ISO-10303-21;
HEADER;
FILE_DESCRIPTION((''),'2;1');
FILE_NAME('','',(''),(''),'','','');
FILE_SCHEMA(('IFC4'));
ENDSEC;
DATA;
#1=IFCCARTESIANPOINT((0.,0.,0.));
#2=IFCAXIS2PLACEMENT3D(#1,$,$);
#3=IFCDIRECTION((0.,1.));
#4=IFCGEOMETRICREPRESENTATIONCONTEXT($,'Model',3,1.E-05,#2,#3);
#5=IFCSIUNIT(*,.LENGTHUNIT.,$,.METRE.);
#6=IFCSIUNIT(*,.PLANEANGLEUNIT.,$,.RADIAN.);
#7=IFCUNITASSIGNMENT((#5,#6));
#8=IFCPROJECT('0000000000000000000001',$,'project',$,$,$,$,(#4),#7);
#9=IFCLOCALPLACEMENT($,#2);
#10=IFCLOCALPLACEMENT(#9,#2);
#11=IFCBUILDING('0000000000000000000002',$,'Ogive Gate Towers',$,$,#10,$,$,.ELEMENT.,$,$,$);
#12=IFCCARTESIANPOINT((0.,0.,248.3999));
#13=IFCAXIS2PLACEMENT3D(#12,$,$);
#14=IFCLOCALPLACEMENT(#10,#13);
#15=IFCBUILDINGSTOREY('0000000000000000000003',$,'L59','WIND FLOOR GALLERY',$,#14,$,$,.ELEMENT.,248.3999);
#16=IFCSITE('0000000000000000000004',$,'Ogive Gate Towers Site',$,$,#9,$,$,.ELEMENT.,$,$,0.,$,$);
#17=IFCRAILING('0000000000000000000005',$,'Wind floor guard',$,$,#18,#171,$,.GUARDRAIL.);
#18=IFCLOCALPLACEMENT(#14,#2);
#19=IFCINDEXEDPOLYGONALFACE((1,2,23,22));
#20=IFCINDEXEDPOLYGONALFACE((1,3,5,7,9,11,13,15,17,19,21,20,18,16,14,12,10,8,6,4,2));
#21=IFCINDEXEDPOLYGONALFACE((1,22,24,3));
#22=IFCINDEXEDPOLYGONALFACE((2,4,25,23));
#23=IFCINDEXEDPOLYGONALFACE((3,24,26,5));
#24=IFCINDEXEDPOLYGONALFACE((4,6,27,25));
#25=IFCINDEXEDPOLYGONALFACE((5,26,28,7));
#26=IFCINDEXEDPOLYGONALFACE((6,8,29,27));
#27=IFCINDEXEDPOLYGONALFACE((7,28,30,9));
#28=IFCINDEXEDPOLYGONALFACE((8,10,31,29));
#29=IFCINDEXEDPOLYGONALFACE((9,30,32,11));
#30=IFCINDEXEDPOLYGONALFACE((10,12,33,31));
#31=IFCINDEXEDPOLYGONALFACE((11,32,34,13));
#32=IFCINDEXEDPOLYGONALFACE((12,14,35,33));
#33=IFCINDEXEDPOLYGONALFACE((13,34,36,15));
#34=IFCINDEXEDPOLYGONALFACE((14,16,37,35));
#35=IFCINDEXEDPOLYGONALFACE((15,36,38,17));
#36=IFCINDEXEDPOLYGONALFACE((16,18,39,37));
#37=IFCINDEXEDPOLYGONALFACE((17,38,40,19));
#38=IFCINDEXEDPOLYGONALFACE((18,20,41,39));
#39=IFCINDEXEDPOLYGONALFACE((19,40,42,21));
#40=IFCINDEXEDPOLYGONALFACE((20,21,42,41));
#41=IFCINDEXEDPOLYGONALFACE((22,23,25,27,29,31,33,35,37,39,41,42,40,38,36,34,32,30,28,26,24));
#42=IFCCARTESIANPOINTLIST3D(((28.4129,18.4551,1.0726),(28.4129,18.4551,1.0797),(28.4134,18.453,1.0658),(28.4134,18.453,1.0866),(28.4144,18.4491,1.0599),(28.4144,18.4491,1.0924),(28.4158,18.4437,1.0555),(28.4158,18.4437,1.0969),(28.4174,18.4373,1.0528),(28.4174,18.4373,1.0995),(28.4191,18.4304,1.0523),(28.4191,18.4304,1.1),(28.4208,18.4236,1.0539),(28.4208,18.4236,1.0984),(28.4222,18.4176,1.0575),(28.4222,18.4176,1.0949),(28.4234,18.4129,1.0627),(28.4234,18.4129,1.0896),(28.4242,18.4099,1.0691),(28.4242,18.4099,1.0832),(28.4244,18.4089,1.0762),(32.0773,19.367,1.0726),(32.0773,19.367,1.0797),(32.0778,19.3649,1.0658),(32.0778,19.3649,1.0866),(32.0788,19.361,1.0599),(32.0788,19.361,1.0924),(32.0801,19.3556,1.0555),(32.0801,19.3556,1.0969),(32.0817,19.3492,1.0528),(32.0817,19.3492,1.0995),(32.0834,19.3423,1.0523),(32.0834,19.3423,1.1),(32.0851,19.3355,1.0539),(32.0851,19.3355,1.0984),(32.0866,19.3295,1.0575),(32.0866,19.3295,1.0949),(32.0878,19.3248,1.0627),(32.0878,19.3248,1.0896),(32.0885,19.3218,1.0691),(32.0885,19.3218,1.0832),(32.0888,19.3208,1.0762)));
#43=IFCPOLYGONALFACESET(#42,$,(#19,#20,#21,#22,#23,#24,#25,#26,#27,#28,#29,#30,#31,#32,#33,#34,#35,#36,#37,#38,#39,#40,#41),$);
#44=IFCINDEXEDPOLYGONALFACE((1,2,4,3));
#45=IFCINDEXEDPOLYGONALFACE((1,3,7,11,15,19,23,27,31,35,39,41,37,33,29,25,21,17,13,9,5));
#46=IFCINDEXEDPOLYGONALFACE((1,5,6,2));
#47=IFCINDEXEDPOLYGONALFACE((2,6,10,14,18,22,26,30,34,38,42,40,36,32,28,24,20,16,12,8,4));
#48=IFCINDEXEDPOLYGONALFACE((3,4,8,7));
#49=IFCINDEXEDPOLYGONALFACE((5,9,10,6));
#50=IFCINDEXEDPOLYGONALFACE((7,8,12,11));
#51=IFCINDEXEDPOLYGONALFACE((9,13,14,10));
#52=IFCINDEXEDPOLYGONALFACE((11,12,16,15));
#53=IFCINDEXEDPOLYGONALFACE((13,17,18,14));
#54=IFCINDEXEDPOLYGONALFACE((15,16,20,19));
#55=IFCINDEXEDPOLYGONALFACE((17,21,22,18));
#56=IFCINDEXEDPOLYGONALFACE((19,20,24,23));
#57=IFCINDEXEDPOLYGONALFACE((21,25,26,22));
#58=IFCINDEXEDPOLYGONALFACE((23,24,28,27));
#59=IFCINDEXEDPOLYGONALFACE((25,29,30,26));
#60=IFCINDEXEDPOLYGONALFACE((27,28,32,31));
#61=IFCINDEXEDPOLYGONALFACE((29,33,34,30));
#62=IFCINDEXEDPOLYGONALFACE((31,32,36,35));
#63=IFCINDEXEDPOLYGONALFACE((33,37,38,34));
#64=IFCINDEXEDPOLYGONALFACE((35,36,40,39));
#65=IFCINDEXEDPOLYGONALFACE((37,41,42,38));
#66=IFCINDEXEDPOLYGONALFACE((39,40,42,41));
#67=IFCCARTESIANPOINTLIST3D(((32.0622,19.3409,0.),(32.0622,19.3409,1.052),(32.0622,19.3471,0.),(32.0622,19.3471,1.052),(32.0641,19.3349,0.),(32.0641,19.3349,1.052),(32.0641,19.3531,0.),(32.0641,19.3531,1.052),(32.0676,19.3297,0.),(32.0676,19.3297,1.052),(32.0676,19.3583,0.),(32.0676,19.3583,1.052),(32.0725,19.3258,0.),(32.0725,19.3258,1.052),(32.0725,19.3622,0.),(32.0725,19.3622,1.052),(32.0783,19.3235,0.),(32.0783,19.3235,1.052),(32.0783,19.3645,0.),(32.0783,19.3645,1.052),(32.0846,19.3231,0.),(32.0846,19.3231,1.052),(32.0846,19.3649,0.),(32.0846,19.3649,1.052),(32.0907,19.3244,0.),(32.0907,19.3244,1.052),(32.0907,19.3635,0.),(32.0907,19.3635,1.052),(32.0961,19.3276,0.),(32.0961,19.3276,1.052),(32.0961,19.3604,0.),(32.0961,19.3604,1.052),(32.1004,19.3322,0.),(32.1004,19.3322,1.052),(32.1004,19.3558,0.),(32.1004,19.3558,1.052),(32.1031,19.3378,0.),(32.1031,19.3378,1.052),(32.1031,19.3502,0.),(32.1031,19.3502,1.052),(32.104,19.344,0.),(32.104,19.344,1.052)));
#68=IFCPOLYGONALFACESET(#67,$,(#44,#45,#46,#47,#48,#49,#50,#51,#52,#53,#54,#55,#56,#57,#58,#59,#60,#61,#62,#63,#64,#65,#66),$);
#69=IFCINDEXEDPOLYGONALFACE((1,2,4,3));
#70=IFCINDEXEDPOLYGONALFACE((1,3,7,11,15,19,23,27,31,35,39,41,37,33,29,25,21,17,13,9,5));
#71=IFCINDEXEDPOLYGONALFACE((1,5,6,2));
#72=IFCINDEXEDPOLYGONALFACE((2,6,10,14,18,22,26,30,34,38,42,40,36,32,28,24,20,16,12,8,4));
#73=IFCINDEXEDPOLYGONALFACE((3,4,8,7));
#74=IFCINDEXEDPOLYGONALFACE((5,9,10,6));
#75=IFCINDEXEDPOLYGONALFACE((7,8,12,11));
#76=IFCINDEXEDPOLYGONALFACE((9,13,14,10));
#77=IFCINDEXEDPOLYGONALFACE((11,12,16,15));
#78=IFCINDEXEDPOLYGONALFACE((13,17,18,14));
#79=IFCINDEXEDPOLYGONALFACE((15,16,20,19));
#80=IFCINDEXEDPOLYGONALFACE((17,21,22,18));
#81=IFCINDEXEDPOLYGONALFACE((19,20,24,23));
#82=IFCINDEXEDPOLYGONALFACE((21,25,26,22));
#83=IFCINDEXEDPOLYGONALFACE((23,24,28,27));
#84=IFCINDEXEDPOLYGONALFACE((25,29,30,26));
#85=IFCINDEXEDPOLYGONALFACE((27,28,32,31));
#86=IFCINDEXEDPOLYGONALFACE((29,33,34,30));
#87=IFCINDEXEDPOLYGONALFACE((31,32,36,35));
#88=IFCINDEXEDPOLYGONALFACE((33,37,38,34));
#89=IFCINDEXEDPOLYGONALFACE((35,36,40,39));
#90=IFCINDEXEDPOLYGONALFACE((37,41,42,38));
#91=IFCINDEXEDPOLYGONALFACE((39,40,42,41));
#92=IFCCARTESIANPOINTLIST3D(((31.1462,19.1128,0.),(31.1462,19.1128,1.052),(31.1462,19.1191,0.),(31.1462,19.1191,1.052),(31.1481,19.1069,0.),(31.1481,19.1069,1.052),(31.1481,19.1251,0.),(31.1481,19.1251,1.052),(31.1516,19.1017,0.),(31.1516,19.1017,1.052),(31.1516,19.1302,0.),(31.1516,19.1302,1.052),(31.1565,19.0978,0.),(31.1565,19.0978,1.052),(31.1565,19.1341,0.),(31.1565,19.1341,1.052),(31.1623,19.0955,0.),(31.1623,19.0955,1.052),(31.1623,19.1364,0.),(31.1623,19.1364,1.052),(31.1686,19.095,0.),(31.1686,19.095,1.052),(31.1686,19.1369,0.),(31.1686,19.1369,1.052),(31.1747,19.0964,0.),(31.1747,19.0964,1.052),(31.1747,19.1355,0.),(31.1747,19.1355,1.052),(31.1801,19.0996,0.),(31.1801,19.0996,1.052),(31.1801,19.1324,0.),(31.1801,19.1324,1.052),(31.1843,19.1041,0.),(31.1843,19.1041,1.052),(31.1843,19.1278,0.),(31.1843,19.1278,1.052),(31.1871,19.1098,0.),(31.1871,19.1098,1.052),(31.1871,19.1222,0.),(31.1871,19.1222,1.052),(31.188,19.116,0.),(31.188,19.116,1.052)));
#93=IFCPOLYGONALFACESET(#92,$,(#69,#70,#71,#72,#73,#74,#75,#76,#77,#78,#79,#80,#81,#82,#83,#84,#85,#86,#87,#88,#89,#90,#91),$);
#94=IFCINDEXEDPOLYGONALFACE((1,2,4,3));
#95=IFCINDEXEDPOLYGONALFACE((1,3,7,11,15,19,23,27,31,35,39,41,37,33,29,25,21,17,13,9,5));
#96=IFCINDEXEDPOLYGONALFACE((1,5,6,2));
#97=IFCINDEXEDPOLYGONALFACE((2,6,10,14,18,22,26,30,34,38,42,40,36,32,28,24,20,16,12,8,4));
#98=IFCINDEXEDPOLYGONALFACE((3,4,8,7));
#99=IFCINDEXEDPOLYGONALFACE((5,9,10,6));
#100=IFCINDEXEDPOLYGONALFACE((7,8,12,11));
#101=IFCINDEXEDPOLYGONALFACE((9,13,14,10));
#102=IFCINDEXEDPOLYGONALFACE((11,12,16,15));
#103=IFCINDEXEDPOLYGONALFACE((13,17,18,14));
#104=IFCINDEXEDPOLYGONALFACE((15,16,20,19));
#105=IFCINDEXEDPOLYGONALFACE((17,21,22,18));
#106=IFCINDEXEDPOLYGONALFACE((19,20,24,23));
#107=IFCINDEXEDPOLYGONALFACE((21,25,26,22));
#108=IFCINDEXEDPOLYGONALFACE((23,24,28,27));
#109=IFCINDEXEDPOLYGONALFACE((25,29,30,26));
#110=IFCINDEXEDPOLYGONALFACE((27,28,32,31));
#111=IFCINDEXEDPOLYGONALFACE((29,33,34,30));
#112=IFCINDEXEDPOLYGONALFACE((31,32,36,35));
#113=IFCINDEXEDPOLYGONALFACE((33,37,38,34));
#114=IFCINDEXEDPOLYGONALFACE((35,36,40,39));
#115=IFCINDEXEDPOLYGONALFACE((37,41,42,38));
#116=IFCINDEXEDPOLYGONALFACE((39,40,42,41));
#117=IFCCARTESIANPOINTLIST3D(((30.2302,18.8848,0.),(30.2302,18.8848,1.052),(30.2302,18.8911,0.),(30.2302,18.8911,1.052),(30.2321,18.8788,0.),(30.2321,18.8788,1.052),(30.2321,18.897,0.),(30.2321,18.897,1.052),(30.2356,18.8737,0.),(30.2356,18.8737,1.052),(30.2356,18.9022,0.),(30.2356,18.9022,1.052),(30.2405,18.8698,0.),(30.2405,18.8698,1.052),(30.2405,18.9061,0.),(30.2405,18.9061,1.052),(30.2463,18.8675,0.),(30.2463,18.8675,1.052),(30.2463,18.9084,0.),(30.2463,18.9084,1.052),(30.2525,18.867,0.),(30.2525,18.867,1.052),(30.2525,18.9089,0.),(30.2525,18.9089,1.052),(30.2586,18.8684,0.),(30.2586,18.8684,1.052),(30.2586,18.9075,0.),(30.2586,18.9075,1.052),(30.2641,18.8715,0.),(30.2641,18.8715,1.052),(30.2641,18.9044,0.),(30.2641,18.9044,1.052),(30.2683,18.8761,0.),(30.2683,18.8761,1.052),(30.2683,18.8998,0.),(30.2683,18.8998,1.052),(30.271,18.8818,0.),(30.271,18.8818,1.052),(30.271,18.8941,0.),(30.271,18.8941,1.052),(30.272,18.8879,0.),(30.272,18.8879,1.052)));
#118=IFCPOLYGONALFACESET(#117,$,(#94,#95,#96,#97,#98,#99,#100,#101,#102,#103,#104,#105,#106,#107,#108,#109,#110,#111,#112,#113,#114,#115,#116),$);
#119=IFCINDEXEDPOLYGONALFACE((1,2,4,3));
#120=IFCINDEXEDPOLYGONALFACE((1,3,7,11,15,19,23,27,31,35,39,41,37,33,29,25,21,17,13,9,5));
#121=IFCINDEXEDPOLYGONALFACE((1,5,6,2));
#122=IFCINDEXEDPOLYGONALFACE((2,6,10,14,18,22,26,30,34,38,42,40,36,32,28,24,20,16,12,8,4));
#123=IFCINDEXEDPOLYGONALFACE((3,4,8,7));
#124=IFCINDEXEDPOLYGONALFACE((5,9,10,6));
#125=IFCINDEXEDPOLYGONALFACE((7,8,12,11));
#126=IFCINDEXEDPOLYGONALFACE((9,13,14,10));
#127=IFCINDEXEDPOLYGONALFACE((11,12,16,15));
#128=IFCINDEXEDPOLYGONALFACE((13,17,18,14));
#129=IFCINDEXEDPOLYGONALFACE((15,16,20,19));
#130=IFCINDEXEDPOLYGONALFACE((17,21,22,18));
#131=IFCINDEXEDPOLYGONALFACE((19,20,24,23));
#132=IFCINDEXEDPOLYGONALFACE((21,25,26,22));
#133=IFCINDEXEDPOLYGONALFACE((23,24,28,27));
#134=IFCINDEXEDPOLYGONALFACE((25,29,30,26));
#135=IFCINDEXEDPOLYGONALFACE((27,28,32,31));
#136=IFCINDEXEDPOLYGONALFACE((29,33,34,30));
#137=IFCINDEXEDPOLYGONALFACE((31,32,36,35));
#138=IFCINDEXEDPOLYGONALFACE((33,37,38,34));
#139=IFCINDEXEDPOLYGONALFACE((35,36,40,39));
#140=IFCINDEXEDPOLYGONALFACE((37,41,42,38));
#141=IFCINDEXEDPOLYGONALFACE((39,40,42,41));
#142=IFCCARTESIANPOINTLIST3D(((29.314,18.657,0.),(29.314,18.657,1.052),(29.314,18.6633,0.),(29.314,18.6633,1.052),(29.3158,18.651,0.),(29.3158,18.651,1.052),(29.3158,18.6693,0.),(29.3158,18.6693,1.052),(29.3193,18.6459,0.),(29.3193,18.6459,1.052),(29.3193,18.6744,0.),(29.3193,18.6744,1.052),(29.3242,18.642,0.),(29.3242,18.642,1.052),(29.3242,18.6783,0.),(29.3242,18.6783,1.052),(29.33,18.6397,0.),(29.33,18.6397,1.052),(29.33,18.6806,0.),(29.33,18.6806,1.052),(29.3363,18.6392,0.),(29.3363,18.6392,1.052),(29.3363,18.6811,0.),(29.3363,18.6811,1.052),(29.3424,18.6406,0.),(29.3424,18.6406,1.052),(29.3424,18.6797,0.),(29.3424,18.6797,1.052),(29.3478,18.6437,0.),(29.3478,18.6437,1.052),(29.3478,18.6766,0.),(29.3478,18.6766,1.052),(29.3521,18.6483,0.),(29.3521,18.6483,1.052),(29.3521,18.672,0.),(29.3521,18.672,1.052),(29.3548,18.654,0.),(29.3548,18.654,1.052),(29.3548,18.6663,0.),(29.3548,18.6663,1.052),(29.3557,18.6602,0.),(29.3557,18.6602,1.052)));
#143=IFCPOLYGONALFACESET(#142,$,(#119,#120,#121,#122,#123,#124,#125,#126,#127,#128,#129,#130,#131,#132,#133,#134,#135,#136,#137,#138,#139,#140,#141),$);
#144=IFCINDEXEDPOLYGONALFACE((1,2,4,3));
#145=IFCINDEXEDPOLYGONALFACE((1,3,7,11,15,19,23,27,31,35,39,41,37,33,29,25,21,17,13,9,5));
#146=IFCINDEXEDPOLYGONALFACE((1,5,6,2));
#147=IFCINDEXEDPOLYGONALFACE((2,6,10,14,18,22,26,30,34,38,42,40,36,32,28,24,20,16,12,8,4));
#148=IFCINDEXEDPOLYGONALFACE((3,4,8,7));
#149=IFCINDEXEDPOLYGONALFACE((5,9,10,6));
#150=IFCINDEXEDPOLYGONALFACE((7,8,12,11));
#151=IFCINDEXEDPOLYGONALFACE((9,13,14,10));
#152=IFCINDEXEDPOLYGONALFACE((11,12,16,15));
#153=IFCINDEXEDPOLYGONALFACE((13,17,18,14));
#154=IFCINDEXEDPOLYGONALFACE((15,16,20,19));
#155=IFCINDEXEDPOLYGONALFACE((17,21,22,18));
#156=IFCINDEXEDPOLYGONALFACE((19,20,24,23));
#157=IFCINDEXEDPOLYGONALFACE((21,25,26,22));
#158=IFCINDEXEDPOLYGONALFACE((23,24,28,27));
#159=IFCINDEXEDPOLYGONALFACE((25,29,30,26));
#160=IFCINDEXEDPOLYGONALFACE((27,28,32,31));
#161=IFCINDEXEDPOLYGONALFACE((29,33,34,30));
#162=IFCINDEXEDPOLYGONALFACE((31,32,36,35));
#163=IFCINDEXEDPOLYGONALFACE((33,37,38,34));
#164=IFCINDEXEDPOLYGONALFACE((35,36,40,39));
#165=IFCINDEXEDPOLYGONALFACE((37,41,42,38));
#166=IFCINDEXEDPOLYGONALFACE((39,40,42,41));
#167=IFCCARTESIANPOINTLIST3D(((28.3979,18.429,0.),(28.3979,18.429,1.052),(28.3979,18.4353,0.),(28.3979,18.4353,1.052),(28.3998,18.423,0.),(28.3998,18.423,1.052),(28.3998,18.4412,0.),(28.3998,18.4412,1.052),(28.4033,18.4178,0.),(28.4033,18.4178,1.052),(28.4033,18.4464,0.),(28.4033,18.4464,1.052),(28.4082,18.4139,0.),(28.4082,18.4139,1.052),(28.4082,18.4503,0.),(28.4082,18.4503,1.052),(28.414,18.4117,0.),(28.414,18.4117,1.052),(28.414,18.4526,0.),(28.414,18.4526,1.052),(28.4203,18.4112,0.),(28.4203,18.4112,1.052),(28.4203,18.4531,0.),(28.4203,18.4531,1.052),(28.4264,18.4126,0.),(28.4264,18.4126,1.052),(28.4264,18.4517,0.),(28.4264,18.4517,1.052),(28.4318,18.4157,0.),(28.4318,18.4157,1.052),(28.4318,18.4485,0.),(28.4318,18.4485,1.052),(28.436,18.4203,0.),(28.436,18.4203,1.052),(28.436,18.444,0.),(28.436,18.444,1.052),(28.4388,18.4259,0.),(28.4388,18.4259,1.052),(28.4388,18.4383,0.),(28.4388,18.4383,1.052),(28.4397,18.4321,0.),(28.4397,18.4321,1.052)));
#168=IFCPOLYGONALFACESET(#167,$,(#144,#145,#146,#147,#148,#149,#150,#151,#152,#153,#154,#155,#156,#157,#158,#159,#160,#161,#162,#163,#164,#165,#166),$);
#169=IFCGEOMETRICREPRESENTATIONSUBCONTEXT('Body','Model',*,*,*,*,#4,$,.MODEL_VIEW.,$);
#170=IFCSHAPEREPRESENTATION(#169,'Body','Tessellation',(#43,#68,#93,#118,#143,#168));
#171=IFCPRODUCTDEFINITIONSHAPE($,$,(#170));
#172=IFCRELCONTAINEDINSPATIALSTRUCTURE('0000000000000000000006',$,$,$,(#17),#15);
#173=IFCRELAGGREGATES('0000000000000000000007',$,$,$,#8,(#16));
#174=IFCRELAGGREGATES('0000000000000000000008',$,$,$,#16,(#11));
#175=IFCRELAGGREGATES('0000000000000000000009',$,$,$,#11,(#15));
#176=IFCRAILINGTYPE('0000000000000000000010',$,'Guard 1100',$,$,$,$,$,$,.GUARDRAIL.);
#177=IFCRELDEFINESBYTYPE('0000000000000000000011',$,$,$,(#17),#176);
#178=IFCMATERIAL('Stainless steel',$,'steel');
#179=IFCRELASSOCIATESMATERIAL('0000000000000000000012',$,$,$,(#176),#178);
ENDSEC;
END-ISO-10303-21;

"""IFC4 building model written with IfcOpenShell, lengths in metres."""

from ifc_helpers import new_model, si_unit, direction, frame, origin, origin_2d, place, context, subcontext, project, spatial, circle, extrude, material, type_object, element, save


model = new_model("IFC4")

# Units and contexts
model_context = context("Model", 3, precision=1e-05, world=origin(), true_north=direction((0.0, 1.0)))
body_context = subcontext(model_context, "Body", "Model", "MODEL_VIEW")
ifc_project = project(units=[si_unit("LENGTHUNIT", "METRE"), si_unit("PLANEANGLEUNIT", "RADIAN")], contexts=[model_context])

# Site, building, storey
site_placement = place(None, origin())
site = spatial("IfcSite", under=ifc_project, at=site_placement, Name="Ogive Gate Towers Site", CompositionType="ELEMENT", RefElevation=0.0)
building_placement = place(site_placement, origin())
building = spatial("IfcBuilding", under=site, at=building_placement, Name="Ogive Gate Towers", CompositionType="ELEMENT")
storey_placement = place(building_placement, frame((0.0, 0.0, 248.3999)))
storey = spatial("IfcBuildingStorey", under=building, at=storey_placement, Name="L59", Description="WIND FLOOR GALLERY", CompositionType="ELEMENT", Elevation=248.3999)

# Railing
ifc_material_1 = material(Name="Stainless steel", Category="steel")
railing_type_1 = type_object("IfcRailingType", Name="Guard 1100", PredefinedType="GUARDRAIL", material=ifc_material_1)
railing_1_placement = place(storey_placement, frame((32.083, 19.344, 0.0)))
element("IfcRailing", 1, at=railing_1_placement, inside=storey, type_object=railing_type_1, Name="Wind floor guard", PredefinedType="GUARDRAIL", context=body_context, shape_type="SweptSolid", body=[
    extrude(circle(Radius=0.0239, at=origin_2d()), frame((0.0, 0.0, 1.0762), z_axis=(-0.970404, -0.241486, 0.0), x_axis=(0.241486, -0.970404, 0.0)), (0.0, 0.0, 1.0), 3.7761),
    extrude(circle(Radius=0.021, at=origin_2d()), origin(), (0.0, 0.0, 1.0), 1.052),
    extrude(circle(Radius=0.021, at=origin_2d()), frame((-0.916, -0.228, 0.0)), (0.0, 0.0, 1.0), 1.052),
    extrude(circle(Radius=0.021, at=origin_2d()), frame((-1.832, -0.4561, 0.0)), (0.0, 0.0, 1.0), 1.052),
    extrude(circle(Radius=0.021, at=origin_2d()), frame((-2.7483, -0.6838, 0.0)), (0.0, 0.0, 1.0), 1.052),
    extrude(circle(Radius=0.021, at=origin_2d()), frame((-3.6643, -0.9119, 0.0)), (0.0, 0.0, 1.0), 1.052),
])

save(model, "model.ifc")
